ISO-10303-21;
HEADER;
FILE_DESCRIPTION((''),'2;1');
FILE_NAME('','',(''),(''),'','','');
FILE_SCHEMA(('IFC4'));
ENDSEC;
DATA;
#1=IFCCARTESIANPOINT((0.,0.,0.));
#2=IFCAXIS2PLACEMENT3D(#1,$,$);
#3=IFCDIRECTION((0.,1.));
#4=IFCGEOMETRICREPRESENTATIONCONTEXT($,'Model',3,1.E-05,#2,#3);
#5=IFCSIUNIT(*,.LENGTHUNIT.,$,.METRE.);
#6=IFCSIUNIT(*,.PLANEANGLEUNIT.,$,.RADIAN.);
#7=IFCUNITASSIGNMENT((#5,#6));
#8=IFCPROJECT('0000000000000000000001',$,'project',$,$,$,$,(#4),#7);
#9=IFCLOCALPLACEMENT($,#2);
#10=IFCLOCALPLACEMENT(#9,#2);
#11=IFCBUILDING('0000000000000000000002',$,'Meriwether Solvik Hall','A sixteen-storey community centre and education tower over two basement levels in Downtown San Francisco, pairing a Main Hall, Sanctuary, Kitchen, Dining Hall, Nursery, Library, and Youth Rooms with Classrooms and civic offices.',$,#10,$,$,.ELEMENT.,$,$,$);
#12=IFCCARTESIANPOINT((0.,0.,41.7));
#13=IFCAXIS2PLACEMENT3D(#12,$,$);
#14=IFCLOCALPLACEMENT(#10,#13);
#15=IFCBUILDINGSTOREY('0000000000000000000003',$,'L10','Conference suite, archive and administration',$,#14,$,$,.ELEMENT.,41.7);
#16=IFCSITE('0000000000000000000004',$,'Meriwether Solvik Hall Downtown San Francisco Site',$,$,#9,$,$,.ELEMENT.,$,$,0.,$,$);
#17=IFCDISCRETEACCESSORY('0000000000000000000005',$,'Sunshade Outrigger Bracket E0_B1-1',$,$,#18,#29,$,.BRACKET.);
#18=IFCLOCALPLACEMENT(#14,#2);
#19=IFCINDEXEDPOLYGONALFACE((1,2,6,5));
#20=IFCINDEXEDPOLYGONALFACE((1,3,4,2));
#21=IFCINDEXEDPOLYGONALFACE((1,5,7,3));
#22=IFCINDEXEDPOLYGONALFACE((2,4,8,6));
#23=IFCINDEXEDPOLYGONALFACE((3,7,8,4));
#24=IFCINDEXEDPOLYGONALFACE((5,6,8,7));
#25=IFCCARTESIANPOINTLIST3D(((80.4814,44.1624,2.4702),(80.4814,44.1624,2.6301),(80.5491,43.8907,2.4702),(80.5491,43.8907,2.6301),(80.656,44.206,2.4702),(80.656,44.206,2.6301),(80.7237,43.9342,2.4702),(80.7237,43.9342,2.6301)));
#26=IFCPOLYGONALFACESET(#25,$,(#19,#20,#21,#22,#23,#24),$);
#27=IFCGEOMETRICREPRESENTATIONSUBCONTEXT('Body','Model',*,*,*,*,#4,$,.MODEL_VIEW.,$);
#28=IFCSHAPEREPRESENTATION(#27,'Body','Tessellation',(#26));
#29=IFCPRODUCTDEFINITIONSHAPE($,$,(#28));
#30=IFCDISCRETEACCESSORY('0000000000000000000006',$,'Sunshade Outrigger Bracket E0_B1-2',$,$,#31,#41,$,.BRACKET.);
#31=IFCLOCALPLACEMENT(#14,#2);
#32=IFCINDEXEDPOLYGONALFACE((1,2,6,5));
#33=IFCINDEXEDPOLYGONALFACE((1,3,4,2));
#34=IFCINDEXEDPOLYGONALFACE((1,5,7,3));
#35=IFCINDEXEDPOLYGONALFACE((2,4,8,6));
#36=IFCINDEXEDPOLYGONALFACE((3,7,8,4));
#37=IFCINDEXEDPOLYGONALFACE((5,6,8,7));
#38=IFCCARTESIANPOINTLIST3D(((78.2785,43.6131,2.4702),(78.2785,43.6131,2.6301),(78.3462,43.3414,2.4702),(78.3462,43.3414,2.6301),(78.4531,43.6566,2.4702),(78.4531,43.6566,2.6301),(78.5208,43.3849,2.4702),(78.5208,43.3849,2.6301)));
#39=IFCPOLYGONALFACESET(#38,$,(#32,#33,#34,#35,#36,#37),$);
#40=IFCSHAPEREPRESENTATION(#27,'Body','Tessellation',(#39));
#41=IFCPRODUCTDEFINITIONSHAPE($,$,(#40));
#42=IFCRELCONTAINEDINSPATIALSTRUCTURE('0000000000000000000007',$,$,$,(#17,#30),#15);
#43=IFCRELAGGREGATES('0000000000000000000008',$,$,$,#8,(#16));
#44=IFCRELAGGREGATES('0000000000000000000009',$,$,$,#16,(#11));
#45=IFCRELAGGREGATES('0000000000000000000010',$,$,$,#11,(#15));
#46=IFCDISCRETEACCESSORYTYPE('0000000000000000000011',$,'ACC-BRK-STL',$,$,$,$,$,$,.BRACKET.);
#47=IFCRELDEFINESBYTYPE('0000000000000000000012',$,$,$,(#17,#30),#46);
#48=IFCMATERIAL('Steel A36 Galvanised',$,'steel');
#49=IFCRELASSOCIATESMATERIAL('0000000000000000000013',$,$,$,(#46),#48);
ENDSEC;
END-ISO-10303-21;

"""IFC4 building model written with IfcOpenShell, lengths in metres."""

from ifc_helpers import new_model, si_unit, direction, frame, origin, origin_2d, place, context, subcontext, project, spatial, rectangle, extrude, material, type_object, element, save


model = new_model("IFC4")

# Units and contexts
model_context = context("Model", 3, precision=1e-05, world=origin(), true_north=direction((0.0, 1.0)))
body_context = subcontext(model_context, "Body", "Model", "MODEL_VIEW")
ifc_project = project(units=[si_unit("LENGTHUNIT", "METRE"), si_unit("PLANEANGLEUNIT", "RADIAN")], contexts=[model_context])

# Site, building, storey
site_placement = place(None, origin())
site = spatial("IfcSite", under=ifc_project, at=site_placement, Name="Meriwether Solvik Hall Downtown San Francisco Site", CompositionType="ELEMENT", RefElevation=0.0)
building_placement = place(site_placement, origin())
building = spatial("IfcBuilding", under=site, at=building_placement, Name="Meriwether Solvik Hall", Description="A sixteen-storey community centre and education tower over two basement levels in Downtown San Francisco, pairing a Main Hall, Sanctuary, Kitchen, Dining Hall, Nursery, Library, and Youth Rooms with Classrooms and civic offices.", CompositionType="ELEMENT")
storey_placement = place(building_placement, frame((0.0, 0.0, 41.7)))
storey = spatial("IfcBuildingStorey", under=building, at=storey_placement, Name="L10", Description="Conference suite, archive and administration", CompositionType="ELEMENT", Elevation=41.7)

# Discrete accessories
ifc_material_1 = material(Name="Steel A36 Galvanised", Category="steel")
discrete_accessory_type = type_object("IfcDiscreteAccessoryType", Name="ACC-BRK-STL", PredefinedType="BRACKET", material=ifc_material_1)
for number, where, z_axis, x_axis, name in (
    (1, (80.6025, 44.0483, 2.4702), (0.0, 0.0, 1.0), (-0.970296, -0.241922, 0.0), "Sunshade Outrigger Bracket E0_B1-1"),
    (2, (78.3997, 43.499, 2.4702), (0.0, 0.0, 1.0), (-0.970296, -0.241922, 0.0), "Sunshade Outrigger Bracket E0_B1-2"),
):
    element("IfcDiscreteAccessory", number, at=place(storey_placement, frame(where, z_axis=z_axis, x_axis=x_axis)), inside=storey, type_object=discrete_accessory_type, Name=name, PredefinedType="BRACKET", context=body_context, shape_type="SweptSolid", body=[
        extrude(rectangle(XDim=0.1799, YDim=0.28, at=origin_2d()), origin(), (0.0, 0.0, 1.0), 0.1599),
    ])

save(model, "model.ifc")
